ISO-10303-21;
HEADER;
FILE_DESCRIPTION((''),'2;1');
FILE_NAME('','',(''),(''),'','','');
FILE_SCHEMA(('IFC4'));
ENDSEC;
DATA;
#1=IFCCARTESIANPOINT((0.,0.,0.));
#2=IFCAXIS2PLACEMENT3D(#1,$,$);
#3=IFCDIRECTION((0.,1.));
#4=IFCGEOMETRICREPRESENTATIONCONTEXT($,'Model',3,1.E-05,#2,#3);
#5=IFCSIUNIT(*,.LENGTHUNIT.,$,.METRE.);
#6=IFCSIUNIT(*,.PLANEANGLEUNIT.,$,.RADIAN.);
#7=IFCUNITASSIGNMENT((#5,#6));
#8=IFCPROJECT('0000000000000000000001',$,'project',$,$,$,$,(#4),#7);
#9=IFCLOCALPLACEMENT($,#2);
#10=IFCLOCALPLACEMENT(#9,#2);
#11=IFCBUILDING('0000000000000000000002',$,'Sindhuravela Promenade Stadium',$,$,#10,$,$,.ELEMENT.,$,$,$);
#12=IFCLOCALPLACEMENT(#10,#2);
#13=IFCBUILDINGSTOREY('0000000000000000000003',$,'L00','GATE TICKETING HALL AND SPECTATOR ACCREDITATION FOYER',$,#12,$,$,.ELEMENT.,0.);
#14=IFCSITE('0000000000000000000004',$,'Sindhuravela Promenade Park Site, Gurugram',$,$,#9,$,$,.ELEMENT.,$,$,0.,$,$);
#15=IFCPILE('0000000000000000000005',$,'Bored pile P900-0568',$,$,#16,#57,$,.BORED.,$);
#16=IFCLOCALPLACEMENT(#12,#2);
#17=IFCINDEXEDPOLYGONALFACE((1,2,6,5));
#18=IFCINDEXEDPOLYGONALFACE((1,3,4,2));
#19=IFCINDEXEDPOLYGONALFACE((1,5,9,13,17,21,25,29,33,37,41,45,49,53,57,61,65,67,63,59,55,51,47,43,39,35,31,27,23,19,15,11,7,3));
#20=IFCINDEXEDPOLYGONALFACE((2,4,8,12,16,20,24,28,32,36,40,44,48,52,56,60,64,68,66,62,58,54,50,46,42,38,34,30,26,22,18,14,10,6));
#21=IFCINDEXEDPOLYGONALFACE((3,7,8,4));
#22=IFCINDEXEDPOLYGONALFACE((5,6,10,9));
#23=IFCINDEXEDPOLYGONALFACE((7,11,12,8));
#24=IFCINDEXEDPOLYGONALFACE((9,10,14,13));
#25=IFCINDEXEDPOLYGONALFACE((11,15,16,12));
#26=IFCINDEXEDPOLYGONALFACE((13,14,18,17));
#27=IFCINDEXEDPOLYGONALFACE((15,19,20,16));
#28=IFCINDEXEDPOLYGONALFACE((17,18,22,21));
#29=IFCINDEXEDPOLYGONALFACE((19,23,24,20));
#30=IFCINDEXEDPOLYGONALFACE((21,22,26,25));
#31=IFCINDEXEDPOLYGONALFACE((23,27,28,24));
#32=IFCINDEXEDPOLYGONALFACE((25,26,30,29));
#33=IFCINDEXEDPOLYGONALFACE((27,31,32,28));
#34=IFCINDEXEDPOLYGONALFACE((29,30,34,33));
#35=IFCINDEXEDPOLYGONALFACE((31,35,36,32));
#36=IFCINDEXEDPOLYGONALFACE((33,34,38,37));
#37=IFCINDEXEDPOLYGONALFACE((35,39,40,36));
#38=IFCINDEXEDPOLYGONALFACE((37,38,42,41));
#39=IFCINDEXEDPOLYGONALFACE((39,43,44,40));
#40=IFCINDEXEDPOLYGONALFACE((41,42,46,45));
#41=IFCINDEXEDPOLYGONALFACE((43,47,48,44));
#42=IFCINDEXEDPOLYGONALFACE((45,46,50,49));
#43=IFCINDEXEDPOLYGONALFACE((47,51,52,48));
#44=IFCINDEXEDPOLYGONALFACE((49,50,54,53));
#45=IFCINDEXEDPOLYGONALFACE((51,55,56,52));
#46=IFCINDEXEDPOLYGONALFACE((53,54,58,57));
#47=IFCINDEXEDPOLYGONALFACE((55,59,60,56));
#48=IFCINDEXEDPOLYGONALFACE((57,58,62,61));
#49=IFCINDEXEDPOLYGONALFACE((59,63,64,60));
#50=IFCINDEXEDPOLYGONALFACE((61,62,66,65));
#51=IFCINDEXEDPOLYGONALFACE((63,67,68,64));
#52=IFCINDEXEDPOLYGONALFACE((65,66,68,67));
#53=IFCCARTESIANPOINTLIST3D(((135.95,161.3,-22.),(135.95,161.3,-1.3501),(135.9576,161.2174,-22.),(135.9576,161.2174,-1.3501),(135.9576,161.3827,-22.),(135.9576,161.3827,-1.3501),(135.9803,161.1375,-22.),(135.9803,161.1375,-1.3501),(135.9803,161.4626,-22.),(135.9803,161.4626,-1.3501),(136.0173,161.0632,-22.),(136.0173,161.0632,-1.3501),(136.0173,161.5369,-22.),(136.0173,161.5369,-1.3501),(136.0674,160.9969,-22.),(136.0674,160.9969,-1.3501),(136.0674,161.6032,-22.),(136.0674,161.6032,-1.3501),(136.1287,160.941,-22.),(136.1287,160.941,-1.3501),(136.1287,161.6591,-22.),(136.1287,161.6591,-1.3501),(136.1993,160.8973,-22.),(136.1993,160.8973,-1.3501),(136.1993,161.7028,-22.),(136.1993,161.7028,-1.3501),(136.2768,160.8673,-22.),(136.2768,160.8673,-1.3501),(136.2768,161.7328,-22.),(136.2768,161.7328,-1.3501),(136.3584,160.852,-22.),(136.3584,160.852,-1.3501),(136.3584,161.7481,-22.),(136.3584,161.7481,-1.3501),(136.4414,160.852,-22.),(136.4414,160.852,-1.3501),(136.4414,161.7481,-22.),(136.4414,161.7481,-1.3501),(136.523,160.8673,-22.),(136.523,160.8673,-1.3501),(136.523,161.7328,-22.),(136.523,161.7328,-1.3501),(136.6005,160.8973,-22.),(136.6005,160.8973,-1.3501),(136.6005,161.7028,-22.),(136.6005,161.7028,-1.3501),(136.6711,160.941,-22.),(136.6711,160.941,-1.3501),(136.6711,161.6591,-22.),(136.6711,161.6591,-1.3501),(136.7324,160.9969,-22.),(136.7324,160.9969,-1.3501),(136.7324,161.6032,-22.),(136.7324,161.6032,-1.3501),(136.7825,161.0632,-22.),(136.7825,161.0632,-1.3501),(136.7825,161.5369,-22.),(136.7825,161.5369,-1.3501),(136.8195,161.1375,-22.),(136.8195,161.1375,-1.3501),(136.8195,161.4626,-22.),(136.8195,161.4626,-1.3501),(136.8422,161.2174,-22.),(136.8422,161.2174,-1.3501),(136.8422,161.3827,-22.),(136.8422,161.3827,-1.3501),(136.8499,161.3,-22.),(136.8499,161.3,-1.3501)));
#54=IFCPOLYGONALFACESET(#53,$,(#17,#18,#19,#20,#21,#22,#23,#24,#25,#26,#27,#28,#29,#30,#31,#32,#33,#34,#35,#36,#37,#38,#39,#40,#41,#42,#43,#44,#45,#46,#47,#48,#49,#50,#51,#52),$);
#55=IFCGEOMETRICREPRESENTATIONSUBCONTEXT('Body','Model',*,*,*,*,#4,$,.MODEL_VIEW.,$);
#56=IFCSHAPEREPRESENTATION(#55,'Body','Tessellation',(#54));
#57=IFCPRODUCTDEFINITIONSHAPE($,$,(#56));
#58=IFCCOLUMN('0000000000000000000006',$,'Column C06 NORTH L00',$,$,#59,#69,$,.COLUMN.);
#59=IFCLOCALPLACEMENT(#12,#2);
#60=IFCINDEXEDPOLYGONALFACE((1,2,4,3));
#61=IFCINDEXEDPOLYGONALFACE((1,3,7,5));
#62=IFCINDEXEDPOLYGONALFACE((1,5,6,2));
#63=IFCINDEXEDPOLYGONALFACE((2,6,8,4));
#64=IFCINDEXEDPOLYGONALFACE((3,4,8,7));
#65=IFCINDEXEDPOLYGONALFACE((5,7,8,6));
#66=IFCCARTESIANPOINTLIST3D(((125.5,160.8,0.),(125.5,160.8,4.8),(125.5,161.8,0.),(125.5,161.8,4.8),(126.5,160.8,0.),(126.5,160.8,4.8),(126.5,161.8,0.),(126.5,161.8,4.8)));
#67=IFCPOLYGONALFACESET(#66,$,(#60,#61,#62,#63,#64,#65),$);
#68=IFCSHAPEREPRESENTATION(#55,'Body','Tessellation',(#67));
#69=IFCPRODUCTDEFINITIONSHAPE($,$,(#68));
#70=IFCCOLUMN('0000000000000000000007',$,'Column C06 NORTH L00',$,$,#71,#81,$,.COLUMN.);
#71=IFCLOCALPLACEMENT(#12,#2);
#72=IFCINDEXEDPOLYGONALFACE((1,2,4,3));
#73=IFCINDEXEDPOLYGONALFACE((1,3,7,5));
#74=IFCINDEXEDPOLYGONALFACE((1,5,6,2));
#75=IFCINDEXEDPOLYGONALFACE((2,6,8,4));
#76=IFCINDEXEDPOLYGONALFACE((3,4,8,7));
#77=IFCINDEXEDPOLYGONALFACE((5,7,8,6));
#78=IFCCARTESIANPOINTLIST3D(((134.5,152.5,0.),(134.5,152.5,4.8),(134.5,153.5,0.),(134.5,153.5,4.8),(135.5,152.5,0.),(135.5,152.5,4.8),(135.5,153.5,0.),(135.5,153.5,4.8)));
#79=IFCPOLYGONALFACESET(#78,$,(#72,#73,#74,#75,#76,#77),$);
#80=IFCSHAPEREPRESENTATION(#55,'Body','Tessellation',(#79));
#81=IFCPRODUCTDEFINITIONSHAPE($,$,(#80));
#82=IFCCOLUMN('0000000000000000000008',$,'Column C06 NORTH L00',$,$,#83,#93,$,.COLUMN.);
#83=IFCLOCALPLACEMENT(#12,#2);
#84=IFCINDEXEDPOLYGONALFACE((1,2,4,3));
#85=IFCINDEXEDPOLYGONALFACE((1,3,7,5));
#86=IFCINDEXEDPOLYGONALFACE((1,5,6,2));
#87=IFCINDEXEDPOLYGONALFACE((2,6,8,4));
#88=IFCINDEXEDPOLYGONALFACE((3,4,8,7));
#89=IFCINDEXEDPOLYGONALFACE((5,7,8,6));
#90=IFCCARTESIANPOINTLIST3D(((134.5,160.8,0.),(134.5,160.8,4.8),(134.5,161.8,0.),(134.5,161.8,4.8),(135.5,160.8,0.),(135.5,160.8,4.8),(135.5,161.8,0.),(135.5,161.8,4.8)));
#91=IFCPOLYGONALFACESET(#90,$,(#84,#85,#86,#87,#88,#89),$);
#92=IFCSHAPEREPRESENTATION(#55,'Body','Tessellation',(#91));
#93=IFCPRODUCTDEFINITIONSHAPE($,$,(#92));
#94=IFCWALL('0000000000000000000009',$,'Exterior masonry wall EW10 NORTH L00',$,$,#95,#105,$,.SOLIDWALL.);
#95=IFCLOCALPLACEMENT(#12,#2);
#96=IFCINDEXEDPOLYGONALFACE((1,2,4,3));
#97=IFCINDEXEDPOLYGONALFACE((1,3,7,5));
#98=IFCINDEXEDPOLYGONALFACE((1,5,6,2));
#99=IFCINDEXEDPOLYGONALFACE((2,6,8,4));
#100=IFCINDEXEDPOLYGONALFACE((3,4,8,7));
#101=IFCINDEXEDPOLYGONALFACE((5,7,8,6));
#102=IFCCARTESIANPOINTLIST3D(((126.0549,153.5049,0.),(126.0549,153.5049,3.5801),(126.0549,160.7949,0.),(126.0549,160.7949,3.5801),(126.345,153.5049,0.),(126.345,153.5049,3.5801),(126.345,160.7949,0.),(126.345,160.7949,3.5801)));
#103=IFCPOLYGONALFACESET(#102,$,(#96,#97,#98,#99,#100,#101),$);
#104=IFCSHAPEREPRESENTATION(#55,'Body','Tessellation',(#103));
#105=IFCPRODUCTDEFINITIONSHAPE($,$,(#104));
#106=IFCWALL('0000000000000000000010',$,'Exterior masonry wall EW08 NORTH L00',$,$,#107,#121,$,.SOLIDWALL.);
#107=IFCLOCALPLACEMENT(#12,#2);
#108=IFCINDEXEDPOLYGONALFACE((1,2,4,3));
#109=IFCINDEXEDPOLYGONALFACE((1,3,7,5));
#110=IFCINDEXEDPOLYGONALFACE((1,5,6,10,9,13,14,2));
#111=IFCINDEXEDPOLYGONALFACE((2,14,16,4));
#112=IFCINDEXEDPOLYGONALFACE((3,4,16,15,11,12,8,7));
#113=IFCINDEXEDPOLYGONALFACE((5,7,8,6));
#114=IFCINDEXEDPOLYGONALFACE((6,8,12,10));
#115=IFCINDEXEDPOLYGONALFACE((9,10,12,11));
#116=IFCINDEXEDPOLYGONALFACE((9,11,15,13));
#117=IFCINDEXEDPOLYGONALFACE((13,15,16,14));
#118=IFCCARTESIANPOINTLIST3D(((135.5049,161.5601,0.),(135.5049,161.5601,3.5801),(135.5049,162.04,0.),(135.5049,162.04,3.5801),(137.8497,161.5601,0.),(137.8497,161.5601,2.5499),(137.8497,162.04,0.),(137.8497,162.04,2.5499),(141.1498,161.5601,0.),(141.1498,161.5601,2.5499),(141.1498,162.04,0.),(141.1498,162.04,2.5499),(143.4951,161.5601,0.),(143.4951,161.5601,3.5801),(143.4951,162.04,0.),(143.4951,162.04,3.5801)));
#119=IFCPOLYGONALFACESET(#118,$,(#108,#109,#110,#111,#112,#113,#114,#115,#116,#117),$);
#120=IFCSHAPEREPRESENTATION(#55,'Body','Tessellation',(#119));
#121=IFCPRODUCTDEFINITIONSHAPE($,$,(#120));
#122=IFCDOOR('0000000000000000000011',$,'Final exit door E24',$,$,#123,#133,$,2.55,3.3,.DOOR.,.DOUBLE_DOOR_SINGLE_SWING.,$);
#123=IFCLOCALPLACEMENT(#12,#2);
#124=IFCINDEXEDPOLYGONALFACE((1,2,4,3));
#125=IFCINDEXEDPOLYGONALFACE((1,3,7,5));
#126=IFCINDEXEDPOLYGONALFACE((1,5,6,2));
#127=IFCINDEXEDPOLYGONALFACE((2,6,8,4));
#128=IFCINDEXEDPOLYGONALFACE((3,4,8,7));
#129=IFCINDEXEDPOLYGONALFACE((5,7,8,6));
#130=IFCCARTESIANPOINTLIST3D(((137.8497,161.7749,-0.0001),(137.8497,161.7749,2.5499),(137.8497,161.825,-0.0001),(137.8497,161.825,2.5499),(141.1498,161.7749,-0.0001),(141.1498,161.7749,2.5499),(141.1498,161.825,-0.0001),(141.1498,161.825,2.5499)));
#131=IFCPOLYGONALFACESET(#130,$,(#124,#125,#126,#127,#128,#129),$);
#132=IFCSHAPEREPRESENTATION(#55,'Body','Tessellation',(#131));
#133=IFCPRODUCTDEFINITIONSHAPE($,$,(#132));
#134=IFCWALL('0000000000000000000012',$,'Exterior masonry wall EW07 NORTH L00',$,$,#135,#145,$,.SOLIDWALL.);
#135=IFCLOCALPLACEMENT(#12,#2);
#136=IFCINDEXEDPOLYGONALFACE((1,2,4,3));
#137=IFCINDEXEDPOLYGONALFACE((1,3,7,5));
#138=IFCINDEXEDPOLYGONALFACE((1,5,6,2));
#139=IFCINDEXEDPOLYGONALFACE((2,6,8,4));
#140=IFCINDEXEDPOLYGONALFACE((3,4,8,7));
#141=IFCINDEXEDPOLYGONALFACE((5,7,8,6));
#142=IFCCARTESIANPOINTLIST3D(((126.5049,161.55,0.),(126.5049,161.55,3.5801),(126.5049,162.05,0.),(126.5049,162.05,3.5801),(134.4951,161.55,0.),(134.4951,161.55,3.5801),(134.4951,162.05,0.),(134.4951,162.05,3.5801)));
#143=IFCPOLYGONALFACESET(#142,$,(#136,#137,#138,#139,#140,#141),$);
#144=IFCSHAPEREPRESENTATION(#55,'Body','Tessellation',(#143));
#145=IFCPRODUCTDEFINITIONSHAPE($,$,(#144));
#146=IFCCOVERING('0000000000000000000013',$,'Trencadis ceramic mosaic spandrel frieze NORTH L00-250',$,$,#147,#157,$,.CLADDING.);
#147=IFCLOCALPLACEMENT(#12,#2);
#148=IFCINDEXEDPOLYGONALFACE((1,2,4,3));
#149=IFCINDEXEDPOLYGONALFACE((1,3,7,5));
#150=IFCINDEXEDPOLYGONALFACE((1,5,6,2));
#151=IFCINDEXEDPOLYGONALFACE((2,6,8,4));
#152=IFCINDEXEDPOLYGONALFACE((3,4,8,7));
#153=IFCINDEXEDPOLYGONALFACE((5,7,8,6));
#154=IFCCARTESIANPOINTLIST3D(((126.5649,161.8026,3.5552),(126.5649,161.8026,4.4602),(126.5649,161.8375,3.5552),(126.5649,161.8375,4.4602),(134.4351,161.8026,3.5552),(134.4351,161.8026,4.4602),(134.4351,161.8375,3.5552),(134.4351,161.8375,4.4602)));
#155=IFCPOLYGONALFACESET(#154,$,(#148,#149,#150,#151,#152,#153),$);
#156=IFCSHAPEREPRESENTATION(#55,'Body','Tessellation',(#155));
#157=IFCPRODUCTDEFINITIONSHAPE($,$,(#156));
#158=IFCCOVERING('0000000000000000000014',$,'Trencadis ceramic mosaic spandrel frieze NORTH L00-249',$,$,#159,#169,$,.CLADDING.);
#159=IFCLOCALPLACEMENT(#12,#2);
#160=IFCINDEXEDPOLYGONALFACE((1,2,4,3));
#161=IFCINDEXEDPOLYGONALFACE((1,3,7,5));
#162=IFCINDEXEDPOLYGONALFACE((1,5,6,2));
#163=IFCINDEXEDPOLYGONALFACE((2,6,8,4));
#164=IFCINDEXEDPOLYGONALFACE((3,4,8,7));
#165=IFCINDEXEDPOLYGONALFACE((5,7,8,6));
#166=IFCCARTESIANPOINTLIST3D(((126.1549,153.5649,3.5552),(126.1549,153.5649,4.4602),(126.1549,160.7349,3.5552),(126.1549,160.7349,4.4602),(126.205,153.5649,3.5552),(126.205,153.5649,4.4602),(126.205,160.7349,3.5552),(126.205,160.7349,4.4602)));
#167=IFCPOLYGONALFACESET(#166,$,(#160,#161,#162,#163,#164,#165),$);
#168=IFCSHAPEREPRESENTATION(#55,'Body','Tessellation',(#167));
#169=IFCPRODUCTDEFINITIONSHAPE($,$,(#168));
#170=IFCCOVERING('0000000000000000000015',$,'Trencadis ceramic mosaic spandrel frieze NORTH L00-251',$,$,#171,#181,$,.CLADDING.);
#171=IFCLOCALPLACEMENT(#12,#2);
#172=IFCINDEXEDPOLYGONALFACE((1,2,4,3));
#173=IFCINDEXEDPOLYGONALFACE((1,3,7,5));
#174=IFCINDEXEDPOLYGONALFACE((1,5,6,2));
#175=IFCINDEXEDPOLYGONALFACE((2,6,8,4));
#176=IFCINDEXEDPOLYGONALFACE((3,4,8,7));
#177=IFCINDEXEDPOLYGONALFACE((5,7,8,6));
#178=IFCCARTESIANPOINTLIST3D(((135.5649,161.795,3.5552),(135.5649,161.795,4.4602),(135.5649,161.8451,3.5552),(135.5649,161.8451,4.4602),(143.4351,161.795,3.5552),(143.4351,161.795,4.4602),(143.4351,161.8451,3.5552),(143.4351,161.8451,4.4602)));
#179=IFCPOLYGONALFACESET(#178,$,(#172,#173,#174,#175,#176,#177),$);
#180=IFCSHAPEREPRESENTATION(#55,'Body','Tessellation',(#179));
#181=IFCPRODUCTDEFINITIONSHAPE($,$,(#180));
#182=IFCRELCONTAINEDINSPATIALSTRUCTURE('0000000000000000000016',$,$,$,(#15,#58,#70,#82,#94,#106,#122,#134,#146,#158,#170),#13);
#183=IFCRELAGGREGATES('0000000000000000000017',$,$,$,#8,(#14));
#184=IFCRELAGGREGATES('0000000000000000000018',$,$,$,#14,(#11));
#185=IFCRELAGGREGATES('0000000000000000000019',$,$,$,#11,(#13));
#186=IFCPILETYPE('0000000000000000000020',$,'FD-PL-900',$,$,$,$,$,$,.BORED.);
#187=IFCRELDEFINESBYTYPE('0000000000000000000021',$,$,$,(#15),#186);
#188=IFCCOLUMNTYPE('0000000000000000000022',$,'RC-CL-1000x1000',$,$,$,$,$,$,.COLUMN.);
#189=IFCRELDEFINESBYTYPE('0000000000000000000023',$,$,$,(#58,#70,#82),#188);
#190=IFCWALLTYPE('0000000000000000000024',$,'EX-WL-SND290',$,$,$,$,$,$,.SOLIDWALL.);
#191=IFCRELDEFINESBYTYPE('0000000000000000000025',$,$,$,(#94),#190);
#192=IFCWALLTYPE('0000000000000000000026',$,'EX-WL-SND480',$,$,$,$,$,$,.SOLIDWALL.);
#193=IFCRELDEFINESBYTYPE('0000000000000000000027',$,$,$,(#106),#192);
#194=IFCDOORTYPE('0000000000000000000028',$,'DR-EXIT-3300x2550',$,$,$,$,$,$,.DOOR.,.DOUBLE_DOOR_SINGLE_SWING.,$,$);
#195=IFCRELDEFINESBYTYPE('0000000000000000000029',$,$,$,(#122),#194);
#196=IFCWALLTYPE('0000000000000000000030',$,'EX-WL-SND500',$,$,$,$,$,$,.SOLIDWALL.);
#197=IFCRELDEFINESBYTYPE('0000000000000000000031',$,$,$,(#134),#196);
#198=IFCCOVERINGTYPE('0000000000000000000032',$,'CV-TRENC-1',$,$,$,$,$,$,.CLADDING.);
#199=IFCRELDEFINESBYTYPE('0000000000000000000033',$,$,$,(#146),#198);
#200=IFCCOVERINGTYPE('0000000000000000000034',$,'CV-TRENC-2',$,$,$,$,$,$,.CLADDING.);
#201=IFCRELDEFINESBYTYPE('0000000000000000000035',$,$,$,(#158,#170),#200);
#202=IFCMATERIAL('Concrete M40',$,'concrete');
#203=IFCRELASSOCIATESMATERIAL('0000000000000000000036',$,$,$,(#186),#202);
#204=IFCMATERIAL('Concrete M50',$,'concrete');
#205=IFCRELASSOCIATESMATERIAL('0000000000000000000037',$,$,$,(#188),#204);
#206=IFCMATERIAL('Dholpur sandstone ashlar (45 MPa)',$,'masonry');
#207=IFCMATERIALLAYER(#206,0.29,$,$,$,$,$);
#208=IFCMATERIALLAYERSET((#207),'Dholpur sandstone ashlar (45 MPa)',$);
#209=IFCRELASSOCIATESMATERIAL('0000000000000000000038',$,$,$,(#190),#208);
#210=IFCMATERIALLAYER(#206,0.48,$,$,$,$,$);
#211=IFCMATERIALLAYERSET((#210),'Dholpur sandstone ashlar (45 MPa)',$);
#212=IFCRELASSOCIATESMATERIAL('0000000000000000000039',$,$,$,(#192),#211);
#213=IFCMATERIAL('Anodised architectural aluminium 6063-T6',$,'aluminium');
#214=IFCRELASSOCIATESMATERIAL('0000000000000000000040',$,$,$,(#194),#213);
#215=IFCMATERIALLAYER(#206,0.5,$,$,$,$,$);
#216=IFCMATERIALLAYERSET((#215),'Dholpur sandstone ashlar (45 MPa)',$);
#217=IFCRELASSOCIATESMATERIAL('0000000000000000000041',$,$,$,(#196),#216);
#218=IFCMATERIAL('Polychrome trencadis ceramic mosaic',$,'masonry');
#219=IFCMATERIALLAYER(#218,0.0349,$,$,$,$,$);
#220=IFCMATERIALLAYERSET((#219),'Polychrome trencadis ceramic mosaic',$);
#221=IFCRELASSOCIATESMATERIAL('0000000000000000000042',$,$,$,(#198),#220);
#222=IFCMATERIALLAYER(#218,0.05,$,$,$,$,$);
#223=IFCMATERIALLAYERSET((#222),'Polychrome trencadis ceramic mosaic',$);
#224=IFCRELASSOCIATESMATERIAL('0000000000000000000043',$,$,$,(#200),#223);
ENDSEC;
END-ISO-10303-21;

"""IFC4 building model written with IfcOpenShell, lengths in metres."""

from ifc_helpers import new_model, si_unit, direction, frame, frame_2d, origin, origin_2d, place, context, subcontext, project, spatial, rectangle, circle, extrude, material, layer, layer_set, material_profile, profile_set, type_object, element, fill, save


model = new_model("IFC4")

# Units and contexts
model_context = context("Model", 3, precision=1e-05, world=origin(), true_north=direction((0.0, 1.0)))
body_context = subcontext(model_context, "Body", "Model", "MODEL_VIEW")
ifc_project = project(units=[si_unit("LENGTHUNIT", "METRE"), si_unit("PLANEANGLEUNIT", "RADIAN")], contexts=[model_context])

# Site, building, storey
site_placement = place(None, origin())
site = spatial("IfcSite", under=ifc_project, at=site_placement, Name="Sindhuravela Promenade Park Site, Gurugram", CompositionType="ELEMENT", RefElevation=0.0)
building_placement = place(site_placement, origin())
building = spatial("IfcBuilding", under=site, at=building_placement, Name="Sindhuravela Promenade Stadium", CompositionType="ELEMENT")
storey_placement = place(building_placement, origin())
storey = spatial("IfcBuildingStorey", under=building, at=storey_placement, Name="L00", Description="GATE TICKETING HALL AND SPECTATOR ACCREDITATION FOYER", CompositionType="ELEMENT", Elevation=0.0)

# Shared definitions
ifc_material_1 = material(Name="Concrete M50", Category="concrete")

# Pile
ifc_material_2 = material(Name="Concrete M40", Category="concrete")
ifc_material_profile_1 = material_profile(ifc_material_2, circle(Radius=0.45, at=origin_2d()), Name="BORED PILE D900")
ifc_profile_set_1 = profile_set([ifc_material_profile_1], Name="Concrete M40")
pile_type_1 = type_object("IfcPileType", Name="FD-PL-900", PredefinedType="BORED", material=ifc_profile_set_1)
for number, where, z_axis, x_axis, name in (
    (1, (136.3999, 161.3, -1.3501), (0.0, 0.0, -1.0), (1.0, 0.0, 0.0), "Bored pile P900-0568"),
):
    element("IfcPile", number, at=place(storey_placement, frame(where, z_axis=z_axis, x_axis=x_axis)), inside=storey, type_object=pile_type_1, Name=name, PredefinedType="BORED", context=body_context, shape_type="SweptSolid", body=[
        extrude(circle(Radius=0.45, at=origin_2d()), origin(), (0.0, 0.0, 1.0), 20.6499),
    ])

# Columns
ifc_material_profile_2 = material_profile(ifc_material_1, rectangle(XDim=1.0, YDim=1.0, at=origin_2d()), Name="RC 1000x1000")
ifc_profile_set_2 = profile_set([ifc_material_profile_2], Name="Concrete M50")
column_type = type_object("IfcColumnType", Name="RC-CL-1000x1000", PredefinedType="COLUMN", material=ifc_profile_set_2)
for number, where, z_axis, x_axis, name in (
    (2, (126.0, 161.3, 0.0), (0.0, 0.0, 1.0), (1.0, 0.0, 0.0), "Column C06 NORTH L00"),
    (3, (135.0, 153.0, 0.0), (0.0, 0.0, 1.0), (1.0, 0.0, 0.0), "Column C06 NORTH L00"),
    (4, (135.0, 161.3, 0.0), (0.0, 0.0, 1.0), (1.0, 0.0, 0.0), "Column C06 NORTH L00"),
):
    element("IfcColumn", number, at=place(storey_placement, frame(where, z_axis=z_axis, x_axis=x_axis)), inside=storey, type_object=column_type, Name=name, PredefinedType="COLUMN", context=body_context, shape_type="SweptSolid", body=[
        extrude(rectangle(XDim=1.0, YDim=1.0, at=origin_2d()), origin(), (0.0, 0.0, 1.0), 4.8),
    ])

# Wall
ifc_material_3 = material(Name="Dholpur sandstone ashlar (45 MPa)", Category="masonry")
ifc_layer_1 = layer(ifc_material_3, 0.29)
ifc_layer_set_1 = layer_set([ifc_layer_1], Name="Dholpur sandstone ashlar (45 MPa)")
wall_type_1 = type_object("IfcWallType", Name="EX-WL-SND290", PredefinedType="SOLIDWALL", material=ifc_layer_set_1)
wall_1_placement = place(storey_placement, frame((126.2, 153.5049, 0.0), z_axis=(0.0, 0.0, 1.0), x_axis=(0.0, 1.0, 0.0)))
element("IfcWall", 5, at=wall_1_placement, inside=storey, type_object=wall_type_1, Name="Exterior masonry wall EW10 NORTH L00", PredefinedType="SOLIDWALL", context=body_context, shape_type="SweptSolid", body=[
    extrude(rectangle(XDim=7.29, YDim=0.29, at=frame_2d((3.645, 0.0))), origin(), (0.0, 0.0, 1.0), 3.5801),
])

# Wall, opening, door
ifc_layer_2 = layer(ifc_material_3, 0.48)
ifc_layer_set_2 = layer_set([ifc_layer_2], Name="Dholpur sandstone ashlar (45 MPa)")
wall_type_2 = type_object("IfcWallType", Name="EX-WL-SND480", PredefinedType="SOLIDWALL", material=ifc_layer_set_2)
wall_2_placement = place(storey_placement, frame((135.5049, 161.8, 0.0), z_axis=(0.0, 0.0, 1.0), x_axis=(1.0, 0.0, 0.0)))
wall_2 = element("IfcWall", 6, at=wall_2_placement, inside=storey, type_object=wall_type_2, Name="Exterior masonry wall EW08 NORTH L00", PredefinedType="SOLIDWALL", context=body_context, shape_type="SweptSolid", body=[
    extrude(rectangle(XDim=7.9902, YDim=0.48, at=frame_2d((3.9951, 0.0))), origin(), (0.0, 0.0, 1.0), 3.5801),
])
opening_placement = place(wall_2_placement, frame((2.345, 0.0, 0.0)))
opening = element("IfcOpeningElement", 7, at=opening_placement, cuts=wall_2, PredefinedType="OPENING", context=body_context, shape_type="SweptSolid", body=[
    extrude(rectangle(XDim=3.3, YDim=2.55, at=frame_2d((1.6499, 1.2749))), frame((0.0, 0.25, 0.0), z_axis=(0.0, -1.0, 0.0), x_axis=(1.0, 0.0, 0.0)), (0.0, 0.0, 1.0), 0.5),
])
ifc_material_4 = material(Name="Anodised architectural aluminium 6063-T6", Category="aluminium")
door_type = type_object("IfcDoorType", Name="DR-EXIT-3300x2550", OperationType="DOUBLE_DOOR_SINGLE_SWING", PredefinedType="DOOR", material=ifc_material_4)
door_placement = place(opening_placement, origin())
door = element("IfcDoor", 8, at=door_placement, inside=storey, type_object=door_type, Name="Final exit door E24", OperationType="DOUBLE_DOOR_SINGLE_SWING", OverallHeight=2.55, OverallWidth=3.3, PredefinedType="DOOR", context=body_context, shape_type="SweptSolid", body=[
    extrude(rectangle(XDim=3.3, YDim=2.55, at=frame_2d((1.6499, 1.2749))), frame((0.0, 0.0249, 0.0), z_axis=(0.0, -1.0, 0.0), x_axis=(1.0, 0.0, 0.0)), (0.0, 0.0, 1.0), 0.05),
])
fill(opening, door)

# Wall
ifc_layer_3 = layer(ifc_material_3, 0.5)
ifc_layer_set_3 = layer_set([ifc_layer_3], Name="Dholpur sandstone ashlar (45 MPa)")
wall_type_3 = type_object("IfcWallType", Name="EX-WL-SND500", PredefinedType="SOLIDWALL", material=ifc_layer_set_3)
wall_3_placement = place(storey_placement, frame((126.5049, 161.8, 0.0), z_axis=(0.0, 0.0, 1.0), x_axis=(1.0, 0.0, 0.0)))
element("IfcWall", 9, at=wall_3_placement, inside=storey, type_object=wall_type_3, Name="Exterior masonry wall EW07 NORTH L00", PredefinedType="SOLIDWALL", context=body_context, shape_type="SweptSolid", body=[
    extrude(rectangle(XDim=7.9902, YDim=0.5, at=frame_2d((3.9951, 0.0))), origin(), (0.0, 0.0, 1.0), 3.5801),
])

# Coverings
ifc_material_5 = material(Name="Polychrome trencadis ceramic mosaic", Category="masonry")
ifc_layer_4 = layer(ifc_material_5, 0.0349)
ifc_layer_set_4 = layer_set([ifc_layer_4], Name="Polychrome trencadis ceramic mosaic")
covering_type_1 = type_object("IfcCoveringType", Name="CV-TRENC-1", PredefinedType="CLADDING", material=ifc_layer_set_4)
covering_1_placement = place(storey_placement, frame((130.5, 161.8201, 3.5552), z_axis=(0.0, 0.0, 1.0), x_axis=(1.0, 0.0, 0.0)))
element("IfcCovering", 10, at=covering_1_placement, inside=storey, type_object=covering_type_1, Name="Trencadis ceramic mosaic spandrel frieze NORTH L00-250", PredefinedType="CLADDING", context=body_context, shape_type="SweptSolid", body=[
    extrude(rectangle(XDim=7.8701, YDim=0.0349, at=origin_2d()), origin(), (0.0, 0.0, 1.0), 0.905),
])
ifc_layer_5 = layer(ifc_material_5, 0.05)
ifc_layer_set_5 = layer_set([ifc_layer_5], Name="Polychrome trencadis ceramic mosaic")
covering_type_2 = type_object("IfcCoveringType", Name="CV-TRENC-2", PredefinedType="CLADDING", material=ifc_layer_set_5)
covering_2_placement = place(storey_placement, frame((126.1799, 157.1499, 3.5552), z_axis=(0.0, 0.0, 1.0), x_axis=(0.0, 1.0, 0.0)))
element("IfcCovering", 11, at=covering_2_placement, inside=storey, type_object=covering_type_2, Name="Trencadis ceramic mosaic spandrel frieze NORTH L00-249", PredefinedType="CLADDING", context=body_context, shape_type="SweptSolid", body=[
    extrude(rectangle(XDim=7.1699, YDim=0.05, at=origin_2d()), origin(), (0.0, 0.0, 1.0), 0.905),
])
covering_3_placement = place(storey_placement, frame((139.5, 161.8201, 3.5552), z_axis=(0.0, 0.0, 1.0), x_axis=(1.0, 0.0, 0.0)))
element("IfcCovering", 12, at=covering_3_placement, inside=storey, type_object=covering_type_2, Name="Trencadis ceramic mosaic spandrel frieze NORTH L00-251", PredefinedType="CLADDING", context=body_context, shape_type="SweptSolid", body=[
    extrude(rectangle(XDim=7.8701, YDim=0.05, at=origin_2d()), origin(), (0.0, 0.0, 1.0), 0.905),
])

save(model, "model.ifc")
